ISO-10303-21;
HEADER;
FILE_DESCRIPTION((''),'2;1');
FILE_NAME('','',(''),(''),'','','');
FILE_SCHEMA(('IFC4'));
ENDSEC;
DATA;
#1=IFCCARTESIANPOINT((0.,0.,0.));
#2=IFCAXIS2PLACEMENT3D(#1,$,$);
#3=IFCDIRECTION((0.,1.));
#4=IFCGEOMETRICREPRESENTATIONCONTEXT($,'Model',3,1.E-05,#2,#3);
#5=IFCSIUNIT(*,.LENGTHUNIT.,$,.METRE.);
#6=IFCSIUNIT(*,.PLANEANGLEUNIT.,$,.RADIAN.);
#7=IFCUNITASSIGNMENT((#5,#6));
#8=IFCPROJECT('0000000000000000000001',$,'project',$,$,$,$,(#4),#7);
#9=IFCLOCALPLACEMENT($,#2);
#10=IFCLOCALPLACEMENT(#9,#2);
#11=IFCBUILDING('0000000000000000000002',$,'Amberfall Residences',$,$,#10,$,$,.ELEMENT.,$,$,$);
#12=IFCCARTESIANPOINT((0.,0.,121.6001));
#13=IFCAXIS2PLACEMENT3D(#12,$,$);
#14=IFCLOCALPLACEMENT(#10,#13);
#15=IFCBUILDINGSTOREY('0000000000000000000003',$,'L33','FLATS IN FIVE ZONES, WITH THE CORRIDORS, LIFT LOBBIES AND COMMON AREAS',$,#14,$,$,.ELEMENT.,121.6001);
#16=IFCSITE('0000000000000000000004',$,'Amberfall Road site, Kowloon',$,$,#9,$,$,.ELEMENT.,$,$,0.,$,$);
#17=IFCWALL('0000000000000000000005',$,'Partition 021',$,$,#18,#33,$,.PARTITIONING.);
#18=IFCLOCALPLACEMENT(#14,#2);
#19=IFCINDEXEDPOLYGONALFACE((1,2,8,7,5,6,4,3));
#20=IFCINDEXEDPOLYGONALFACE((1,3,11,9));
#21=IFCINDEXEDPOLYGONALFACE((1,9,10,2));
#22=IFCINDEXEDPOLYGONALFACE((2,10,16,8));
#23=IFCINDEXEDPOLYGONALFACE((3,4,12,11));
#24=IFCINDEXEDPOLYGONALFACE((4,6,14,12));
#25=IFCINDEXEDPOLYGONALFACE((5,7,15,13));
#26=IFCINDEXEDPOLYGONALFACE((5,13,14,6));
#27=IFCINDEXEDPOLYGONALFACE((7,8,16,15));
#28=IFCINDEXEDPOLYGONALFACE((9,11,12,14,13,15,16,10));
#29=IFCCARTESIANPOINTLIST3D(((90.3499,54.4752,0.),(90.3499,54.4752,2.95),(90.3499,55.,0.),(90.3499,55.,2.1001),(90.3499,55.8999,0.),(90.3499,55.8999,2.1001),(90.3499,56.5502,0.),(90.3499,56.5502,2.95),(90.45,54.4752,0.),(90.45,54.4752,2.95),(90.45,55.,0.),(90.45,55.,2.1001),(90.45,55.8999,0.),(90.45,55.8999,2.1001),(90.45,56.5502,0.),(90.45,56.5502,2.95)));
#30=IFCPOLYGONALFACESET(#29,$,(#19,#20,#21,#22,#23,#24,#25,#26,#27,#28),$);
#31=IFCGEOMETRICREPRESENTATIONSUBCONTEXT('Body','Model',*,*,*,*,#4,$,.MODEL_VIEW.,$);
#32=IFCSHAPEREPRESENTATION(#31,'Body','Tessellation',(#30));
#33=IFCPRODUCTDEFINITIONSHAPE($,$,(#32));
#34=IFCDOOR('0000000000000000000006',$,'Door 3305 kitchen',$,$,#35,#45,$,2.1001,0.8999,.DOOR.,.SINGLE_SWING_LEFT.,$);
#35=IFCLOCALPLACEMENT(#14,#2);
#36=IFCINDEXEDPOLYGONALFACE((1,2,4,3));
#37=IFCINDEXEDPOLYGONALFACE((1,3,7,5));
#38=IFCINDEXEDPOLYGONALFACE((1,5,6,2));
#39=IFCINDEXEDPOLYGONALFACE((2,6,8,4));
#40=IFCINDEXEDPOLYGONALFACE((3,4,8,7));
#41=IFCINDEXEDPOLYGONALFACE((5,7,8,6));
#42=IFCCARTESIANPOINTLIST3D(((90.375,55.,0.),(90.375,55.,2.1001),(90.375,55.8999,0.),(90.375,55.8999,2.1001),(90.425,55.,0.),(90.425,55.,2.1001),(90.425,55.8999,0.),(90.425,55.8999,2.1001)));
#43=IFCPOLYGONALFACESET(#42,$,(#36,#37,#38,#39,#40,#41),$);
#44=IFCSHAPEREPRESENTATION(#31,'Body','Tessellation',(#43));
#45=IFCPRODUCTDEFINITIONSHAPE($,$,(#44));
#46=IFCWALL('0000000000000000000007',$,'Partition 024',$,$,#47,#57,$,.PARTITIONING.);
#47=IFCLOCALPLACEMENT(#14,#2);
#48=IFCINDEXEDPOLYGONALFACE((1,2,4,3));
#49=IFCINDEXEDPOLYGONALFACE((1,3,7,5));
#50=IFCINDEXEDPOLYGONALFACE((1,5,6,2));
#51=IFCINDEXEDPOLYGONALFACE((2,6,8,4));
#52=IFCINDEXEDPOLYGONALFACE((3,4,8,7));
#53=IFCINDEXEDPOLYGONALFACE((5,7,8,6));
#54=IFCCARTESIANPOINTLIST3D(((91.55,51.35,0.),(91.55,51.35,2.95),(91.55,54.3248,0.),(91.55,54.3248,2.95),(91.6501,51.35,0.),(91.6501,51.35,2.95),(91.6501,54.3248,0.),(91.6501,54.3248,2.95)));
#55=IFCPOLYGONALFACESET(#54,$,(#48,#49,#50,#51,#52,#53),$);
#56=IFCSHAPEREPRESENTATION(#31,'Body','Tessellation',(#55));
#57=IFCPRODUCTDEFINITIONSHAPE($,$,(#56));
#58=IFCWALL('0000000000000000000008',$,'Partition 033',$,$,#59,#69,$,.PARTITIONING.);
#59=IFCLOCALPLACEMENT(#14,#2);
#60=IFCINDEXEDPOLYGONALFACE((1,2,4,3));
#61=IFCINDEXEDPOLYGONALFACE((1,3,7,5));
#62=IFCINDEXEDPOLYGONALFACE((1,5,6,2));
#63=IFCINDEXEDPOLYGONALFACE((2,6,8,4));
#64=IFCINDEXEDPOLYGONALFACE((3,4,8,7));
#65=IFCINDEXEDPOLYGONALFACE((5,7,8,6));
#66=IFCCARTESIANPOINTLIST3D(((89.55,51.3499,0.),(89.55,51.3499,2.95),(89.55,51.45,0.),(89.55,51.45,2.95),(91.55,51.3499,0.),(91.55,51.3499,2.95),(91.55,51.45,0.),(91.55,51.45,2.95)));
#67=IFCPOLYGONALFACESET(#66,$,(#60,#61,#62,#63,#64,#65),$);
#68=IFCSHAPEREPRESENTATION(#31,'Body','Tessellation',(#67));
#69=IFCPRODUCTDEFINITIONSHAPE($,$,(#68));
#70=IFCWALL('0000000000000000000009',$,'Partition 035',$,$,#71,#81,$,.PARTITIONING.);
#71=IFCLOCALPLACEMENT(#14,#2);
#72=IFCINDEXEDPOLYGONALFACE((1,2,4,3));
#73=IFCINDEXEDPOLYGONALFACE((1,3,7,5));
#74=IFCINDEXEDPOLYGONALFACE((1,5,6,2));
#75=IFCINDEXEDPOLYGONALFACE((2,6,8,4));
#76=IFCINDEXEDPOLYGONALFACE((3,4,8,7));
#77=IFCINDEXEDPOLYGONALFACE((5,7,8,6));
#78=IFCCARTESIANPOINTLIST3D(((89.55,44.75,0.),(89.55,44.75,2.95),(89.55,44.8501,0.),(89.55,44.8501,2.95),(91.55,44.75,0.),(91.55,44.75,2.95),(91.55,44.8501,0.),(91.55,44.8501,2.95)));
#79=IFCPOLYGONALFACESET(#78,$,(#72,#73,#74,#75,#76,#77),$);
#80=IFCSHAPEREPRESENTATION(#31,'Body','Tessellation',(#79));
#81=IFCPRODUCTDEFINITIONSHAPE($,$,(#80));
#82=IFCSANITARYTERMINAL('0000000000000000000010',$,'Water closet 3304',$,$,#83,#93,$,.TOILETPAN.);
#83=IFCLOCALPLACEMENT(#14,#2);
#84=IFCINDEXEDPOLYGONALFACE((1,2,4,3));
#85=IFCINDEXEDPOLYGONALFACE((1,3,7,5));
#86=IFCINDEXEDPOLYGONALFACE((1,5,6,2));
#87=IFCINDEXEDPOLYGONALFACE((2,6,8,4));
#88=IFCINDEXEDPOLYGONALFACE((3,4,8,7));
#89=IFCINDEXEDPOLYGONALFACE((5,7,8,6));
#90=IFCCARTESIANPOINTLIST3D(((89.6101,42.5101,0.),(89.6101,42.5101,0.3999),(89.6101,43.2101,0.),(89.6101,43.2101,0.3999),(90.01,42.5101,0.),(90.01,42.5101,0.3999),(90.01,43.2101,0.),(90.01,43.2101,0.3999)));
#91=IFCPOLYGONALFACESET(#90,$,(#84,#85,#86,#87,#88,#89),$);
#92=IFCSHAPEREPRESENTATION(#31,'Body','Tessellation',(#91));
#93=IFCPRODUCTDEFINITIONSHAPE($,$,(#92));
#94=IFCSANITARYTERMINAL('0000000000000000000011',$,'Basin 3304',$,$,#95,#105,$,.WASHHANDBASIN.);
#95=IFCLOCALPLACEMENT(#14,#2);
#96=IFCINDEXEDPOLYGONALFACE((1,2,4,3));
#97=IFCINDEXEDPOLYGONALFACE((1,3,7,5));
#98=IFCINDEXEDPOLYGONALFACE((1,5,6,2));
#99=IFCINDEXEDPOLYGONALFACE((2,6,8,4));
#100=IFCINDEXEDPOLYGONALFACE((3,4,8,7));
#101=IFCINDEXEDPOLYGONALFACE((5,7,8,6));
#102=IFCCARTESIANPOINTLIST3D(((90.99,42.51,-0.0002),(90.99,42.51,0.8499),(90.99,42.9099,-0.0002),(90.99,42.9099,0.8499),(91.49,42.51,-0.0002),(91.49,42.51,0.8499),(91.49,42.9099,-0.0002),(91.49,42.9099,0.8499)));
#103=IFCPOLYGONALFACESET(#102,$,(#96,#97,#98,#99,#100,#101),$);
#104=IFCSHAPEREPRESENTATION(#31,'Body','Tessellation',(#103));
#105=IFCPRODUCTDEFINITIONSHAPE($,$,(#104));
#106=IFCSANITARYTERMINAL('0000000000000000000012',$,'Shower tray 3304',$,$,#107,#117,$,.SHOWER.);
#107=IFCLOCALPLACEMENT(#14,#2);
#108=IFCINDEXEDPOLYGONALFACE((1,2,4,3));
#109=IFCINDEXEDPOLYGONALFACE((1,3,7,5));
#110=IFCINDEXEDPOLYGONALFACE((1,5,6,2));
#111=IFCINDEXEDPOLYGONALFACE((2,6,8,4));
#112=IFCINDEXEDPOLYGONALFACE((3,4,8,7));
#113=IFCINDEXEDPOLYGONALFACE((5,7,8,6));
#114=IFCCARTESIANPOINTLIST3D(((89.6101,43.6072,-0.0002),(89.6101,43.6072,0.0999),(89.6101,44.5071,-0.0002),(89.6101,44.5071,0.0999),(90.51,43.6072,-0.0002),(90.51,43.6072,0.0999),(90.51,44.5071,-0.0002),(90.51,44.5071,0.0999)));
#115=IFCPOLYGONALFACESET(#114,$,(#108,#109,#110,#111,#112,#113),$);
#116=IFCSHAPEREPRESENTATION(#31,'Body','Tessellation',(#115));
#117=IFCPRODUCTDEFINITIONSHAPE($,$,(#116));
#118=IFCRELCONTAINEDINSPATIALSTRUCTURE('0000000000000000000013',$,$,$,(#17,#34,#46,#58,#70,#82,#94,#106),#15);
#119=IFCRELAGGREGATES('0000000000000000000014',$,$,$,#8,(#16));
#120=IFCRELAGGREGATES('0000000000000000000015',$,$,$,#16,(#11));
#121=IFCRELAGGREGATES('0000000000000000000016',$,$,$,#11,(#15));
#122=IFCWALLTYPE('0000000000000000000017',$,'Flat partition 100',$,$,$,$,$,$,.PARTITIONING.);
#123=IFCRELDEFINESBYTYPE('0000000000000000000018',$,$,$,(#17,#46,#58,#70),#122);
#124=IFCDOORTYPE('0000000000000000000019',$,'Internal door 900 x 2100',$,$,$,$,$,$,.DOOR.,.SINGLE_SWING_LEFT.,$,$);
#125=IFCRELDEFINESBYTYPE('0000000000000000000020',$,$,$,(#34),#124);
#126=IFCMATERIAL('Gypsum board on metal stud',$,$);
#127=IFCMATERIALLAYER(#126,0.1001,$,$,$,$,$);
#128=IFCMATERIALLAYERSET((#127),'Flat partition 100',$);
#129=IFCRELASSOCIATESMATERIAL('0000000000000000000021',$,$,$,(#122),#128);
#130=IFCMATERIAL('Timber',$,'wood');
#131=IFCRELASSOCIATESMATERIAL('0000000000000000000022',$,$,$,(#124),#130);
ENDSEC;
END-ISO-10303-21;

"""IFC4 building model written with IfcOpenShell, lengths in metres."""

from ifc_helpers import new_model, si_unit, direction, frame, frame_2d, origin, origin_2d, place, context, subcontext, project, spatial, rectangle, extrude, material, layer, layer_set, type_object, element, fill, save


model = new_model("IFC4")

# Units and contexts
model_context = context("Model", 3, precision=1e-05, world=origin(), true_north=direction((0.0, 1.0)))
body_context = subcontext(model_context, "Body", "Model", "MODEL_VIEW")
ifc_project = project(units=[si_unit("LENGTHUNIT", "METRE"), si_unit("PLANEANGLEUNIT", "RADIAN")], contexts=[model_context])

# Site, building, storey
site_placement = place(None, origin())
site = spatial("IfcSite", under=ifc_project, at=site_placement, Name="Amberfall Road site, Kowloon", CompositionType="ELEMENT", RefElevation=0.0)
building_placement = place(site_placement, origin())
building = spatial("IfcBuilding", under=site, at=building_placement, Name="Amberfall Residences", CompositionType="ELEMENT")
storey_placement = place(building_placement, frame((0.0, 0.0, 121.6001)))
storey = spatial("IfcBuildingStorey", under=building, at=storey_placement, Name="L33", Description="FLATS IN FIVE ZONES, WITH THE CORRIDORS, LIFT LOBBIES AND COMMON AREAS", CompositionType="ELEMENT", Elevation=121.6001)

# Shared definitions
ifc_material_1 = material(Name="Gypsum board on metal stud")
ifc_layer_1 = layer(ifc_material_1, 0.1001)
ifc_layer_set_1 = layer_set([ifc_layer_1], Name="Flat partition 100")
wall_type_1 = type_object("IfcWallType", Name="Flat partition 100", PredefinedType="PARTITIONING", material=ifc_layer_set_1)
ifc_material_2 = material(Name="Timber", Category="wood")
door_type_1 = type_object("IfcDoorType", Name="Internal door 900 x 2100", OperationType="SINGLE_SWING_LEFT", PredefinedType="DOOR", material=ifc_material_2)

# Wall, opening, door
wall_1_placement = place(storey_placement, frame((90.3999, 54.4751, 0.0), z_axis=(0.0, 0.0, 1.0), x_axis=(0.0, 1.0, 0.0)))
wall_1 = element("IfcWall", 1, at=wall_1_placement, inside=storey, type_object=wall_type_1, Name="Partition 021", PredefinedType="PARTITIONING", context=body_context, shape_type="SweptSolid", body=[
    extrude(rectangle(XDim=2.075, YDim=0.1001, at=frame_2d((1.0376, 0.0))), origin(), (0.0, 0.0, 1.0), 2.95),
])
opening_1_placement = place(wall_1_placement, frame((0.5249, 0.0, 0.0)))
opening_1 = element("IfcOpeningElement", 2, at=opening_1_placement, cuts=wall_1, PredefinedType="OPENING", context=body_context, shape_type="SweptSolid", body=[
    extrude(rectangle(XDim=0.8999, YDim=2.1001, at=frame_2d((0.45, 1.05))), frame((0.0, 0.0601, 0.0), z_axis=(0.0, -1.0, 0.0), x_axis=(1.0, 0.0, 0.0)), (0.0, 0.0, 1.0), 0.1201),
])
door_1_placement = place(opening_1_placement, origin())
door_1 = element("IfcDoor", 3, at=door_1_placement, inside=storey, type_object=door_type_1, Name="Door 3305 kitchen", OperationType="SINGLE_SWING_LEFT", OverallHeight=2.1001, OverallWidth=0.8999, PredefinedType="DOOR", context=body_context, shape_type="SweptSolid", body=[
    extrude(rectangle(XDim=0.8999, YDim=2.1001, at=frame_2d((0.45, 1.05))), frame((0.0, 0.0249, 0.0), z_axis=(0.0, -1.0, 0.0), x_axis=(1.0, 0.0, 0.0)), (0.0, 0.0, 1.0), 0.05),
])
fill(opening_1, door_1)

# Walls
wall_2_placement = place(storey_placement, frame((91.6001, 51.3501, 0.0), z_axis=(0.0, 0.0, 1.0), x_axis=(0.0, 1.0, 0.0)))
element("IfcWall", 4, at=wall_2_placement, inside=storey, type_object=wall_type_1, Name="Partition 024", PredefinedType="PARTITIONING", context=body_context, shape_type="SweptSolid", body=[
    extrude(rectangle(XDim=2.9749, YDim=0.1001, at=frame_2d((1.4873, 0.0))), origin(), (0.0, 0.0, 1.0), 2.95),
])
for number, where, z_axis, x_axis, name in (
    (5, (89.55, 51.3999, 0.0), (0.0, 0.0, 1.0), (1.0, 0.0, 0.0), "Partition 033"),
    (6, (89.55, 44.8, 0.0), (0.0, 0.0, 1.0), (1.0, 0.0, 0.0), "Partition 035"),
):
    element("IfcWall", number, at=place(storey_placement, frame(where, z_axis=z_axis, x_axis=x_axis)), inside=storey, type_object=wall_type_1, Name=name, PredefinedType="PARTITIONING", context=body_context, shape_type="SweptSolid", body=[
        extrude(rectangle(XDim=2.0, YDim=0.1001, at=frame_2d((1.0, 0.0))), origin(), (0.0, 0.0, 1.0), 2.95),
    ])

# Sanitary terminals
sanitary_terminal_1_placement = place(storey_placement, frame((89.8101, 42.8601, 0.0), z_axis=(0.0, 0.0, 1.0), x_axis=(1.0, 0.0, 0.0)))
element("IfcSanitaryTerminal", 7, at=sanitary_terminal_1_placement, inside=storey, Name="Water closet 3304", PredefinedType="TOILETPAN", context=body_context, shape_type="SweptSolid", body=[
    extrude(rectangle(XDim=0.3999, YDim=0.7, at=origin_2d()), origin(), (0.0, 0.0, 1.0), 0.3999),
])
sanitary_terminal_2_placement = place(storey_placement, frame((91.24, 42.71, -0.0002), z_axis=(0.0, 0.0, 1.0), x_axis=(1.0, 0.0, 0.0)))
element("IfcSanitaryTerminal", 8, at=sanitary_terminal_2_placement, inside=storey, Name="Basin 3304", PredefinedType="WASHHANDBASIN", context=body_context, shape_type="SweptSolid", body=[
    extrude(rectangle(XDim=0.5, YDim=0.3999, at=origin_2d()), origin(), (0.0, 0.0, 1.0), 0.8501),
])
sanitary_terminal_3_placement = place(storey_placement, frame((90.0601, 44.0571, -0.0002), z_axis=(0.0, 0.0, 1.0), x_axis=(1.0, 0.0, 0.0)))
element("IfcSanitaryTerminal", 9, at=sanitary_terminal_3_placement, inside=storey, Name="Shower tray 3304", PredefinedType="SHOWER", context=body_context, shape_type="SweptSolid", body=[
    extrude(rectangle(XDim=0.8999, YDim=0.8999, at=origin_2d()), origin(), (0.0, 0.0, 1.0), 0.1001),
])

save(model, "model.ifc")
